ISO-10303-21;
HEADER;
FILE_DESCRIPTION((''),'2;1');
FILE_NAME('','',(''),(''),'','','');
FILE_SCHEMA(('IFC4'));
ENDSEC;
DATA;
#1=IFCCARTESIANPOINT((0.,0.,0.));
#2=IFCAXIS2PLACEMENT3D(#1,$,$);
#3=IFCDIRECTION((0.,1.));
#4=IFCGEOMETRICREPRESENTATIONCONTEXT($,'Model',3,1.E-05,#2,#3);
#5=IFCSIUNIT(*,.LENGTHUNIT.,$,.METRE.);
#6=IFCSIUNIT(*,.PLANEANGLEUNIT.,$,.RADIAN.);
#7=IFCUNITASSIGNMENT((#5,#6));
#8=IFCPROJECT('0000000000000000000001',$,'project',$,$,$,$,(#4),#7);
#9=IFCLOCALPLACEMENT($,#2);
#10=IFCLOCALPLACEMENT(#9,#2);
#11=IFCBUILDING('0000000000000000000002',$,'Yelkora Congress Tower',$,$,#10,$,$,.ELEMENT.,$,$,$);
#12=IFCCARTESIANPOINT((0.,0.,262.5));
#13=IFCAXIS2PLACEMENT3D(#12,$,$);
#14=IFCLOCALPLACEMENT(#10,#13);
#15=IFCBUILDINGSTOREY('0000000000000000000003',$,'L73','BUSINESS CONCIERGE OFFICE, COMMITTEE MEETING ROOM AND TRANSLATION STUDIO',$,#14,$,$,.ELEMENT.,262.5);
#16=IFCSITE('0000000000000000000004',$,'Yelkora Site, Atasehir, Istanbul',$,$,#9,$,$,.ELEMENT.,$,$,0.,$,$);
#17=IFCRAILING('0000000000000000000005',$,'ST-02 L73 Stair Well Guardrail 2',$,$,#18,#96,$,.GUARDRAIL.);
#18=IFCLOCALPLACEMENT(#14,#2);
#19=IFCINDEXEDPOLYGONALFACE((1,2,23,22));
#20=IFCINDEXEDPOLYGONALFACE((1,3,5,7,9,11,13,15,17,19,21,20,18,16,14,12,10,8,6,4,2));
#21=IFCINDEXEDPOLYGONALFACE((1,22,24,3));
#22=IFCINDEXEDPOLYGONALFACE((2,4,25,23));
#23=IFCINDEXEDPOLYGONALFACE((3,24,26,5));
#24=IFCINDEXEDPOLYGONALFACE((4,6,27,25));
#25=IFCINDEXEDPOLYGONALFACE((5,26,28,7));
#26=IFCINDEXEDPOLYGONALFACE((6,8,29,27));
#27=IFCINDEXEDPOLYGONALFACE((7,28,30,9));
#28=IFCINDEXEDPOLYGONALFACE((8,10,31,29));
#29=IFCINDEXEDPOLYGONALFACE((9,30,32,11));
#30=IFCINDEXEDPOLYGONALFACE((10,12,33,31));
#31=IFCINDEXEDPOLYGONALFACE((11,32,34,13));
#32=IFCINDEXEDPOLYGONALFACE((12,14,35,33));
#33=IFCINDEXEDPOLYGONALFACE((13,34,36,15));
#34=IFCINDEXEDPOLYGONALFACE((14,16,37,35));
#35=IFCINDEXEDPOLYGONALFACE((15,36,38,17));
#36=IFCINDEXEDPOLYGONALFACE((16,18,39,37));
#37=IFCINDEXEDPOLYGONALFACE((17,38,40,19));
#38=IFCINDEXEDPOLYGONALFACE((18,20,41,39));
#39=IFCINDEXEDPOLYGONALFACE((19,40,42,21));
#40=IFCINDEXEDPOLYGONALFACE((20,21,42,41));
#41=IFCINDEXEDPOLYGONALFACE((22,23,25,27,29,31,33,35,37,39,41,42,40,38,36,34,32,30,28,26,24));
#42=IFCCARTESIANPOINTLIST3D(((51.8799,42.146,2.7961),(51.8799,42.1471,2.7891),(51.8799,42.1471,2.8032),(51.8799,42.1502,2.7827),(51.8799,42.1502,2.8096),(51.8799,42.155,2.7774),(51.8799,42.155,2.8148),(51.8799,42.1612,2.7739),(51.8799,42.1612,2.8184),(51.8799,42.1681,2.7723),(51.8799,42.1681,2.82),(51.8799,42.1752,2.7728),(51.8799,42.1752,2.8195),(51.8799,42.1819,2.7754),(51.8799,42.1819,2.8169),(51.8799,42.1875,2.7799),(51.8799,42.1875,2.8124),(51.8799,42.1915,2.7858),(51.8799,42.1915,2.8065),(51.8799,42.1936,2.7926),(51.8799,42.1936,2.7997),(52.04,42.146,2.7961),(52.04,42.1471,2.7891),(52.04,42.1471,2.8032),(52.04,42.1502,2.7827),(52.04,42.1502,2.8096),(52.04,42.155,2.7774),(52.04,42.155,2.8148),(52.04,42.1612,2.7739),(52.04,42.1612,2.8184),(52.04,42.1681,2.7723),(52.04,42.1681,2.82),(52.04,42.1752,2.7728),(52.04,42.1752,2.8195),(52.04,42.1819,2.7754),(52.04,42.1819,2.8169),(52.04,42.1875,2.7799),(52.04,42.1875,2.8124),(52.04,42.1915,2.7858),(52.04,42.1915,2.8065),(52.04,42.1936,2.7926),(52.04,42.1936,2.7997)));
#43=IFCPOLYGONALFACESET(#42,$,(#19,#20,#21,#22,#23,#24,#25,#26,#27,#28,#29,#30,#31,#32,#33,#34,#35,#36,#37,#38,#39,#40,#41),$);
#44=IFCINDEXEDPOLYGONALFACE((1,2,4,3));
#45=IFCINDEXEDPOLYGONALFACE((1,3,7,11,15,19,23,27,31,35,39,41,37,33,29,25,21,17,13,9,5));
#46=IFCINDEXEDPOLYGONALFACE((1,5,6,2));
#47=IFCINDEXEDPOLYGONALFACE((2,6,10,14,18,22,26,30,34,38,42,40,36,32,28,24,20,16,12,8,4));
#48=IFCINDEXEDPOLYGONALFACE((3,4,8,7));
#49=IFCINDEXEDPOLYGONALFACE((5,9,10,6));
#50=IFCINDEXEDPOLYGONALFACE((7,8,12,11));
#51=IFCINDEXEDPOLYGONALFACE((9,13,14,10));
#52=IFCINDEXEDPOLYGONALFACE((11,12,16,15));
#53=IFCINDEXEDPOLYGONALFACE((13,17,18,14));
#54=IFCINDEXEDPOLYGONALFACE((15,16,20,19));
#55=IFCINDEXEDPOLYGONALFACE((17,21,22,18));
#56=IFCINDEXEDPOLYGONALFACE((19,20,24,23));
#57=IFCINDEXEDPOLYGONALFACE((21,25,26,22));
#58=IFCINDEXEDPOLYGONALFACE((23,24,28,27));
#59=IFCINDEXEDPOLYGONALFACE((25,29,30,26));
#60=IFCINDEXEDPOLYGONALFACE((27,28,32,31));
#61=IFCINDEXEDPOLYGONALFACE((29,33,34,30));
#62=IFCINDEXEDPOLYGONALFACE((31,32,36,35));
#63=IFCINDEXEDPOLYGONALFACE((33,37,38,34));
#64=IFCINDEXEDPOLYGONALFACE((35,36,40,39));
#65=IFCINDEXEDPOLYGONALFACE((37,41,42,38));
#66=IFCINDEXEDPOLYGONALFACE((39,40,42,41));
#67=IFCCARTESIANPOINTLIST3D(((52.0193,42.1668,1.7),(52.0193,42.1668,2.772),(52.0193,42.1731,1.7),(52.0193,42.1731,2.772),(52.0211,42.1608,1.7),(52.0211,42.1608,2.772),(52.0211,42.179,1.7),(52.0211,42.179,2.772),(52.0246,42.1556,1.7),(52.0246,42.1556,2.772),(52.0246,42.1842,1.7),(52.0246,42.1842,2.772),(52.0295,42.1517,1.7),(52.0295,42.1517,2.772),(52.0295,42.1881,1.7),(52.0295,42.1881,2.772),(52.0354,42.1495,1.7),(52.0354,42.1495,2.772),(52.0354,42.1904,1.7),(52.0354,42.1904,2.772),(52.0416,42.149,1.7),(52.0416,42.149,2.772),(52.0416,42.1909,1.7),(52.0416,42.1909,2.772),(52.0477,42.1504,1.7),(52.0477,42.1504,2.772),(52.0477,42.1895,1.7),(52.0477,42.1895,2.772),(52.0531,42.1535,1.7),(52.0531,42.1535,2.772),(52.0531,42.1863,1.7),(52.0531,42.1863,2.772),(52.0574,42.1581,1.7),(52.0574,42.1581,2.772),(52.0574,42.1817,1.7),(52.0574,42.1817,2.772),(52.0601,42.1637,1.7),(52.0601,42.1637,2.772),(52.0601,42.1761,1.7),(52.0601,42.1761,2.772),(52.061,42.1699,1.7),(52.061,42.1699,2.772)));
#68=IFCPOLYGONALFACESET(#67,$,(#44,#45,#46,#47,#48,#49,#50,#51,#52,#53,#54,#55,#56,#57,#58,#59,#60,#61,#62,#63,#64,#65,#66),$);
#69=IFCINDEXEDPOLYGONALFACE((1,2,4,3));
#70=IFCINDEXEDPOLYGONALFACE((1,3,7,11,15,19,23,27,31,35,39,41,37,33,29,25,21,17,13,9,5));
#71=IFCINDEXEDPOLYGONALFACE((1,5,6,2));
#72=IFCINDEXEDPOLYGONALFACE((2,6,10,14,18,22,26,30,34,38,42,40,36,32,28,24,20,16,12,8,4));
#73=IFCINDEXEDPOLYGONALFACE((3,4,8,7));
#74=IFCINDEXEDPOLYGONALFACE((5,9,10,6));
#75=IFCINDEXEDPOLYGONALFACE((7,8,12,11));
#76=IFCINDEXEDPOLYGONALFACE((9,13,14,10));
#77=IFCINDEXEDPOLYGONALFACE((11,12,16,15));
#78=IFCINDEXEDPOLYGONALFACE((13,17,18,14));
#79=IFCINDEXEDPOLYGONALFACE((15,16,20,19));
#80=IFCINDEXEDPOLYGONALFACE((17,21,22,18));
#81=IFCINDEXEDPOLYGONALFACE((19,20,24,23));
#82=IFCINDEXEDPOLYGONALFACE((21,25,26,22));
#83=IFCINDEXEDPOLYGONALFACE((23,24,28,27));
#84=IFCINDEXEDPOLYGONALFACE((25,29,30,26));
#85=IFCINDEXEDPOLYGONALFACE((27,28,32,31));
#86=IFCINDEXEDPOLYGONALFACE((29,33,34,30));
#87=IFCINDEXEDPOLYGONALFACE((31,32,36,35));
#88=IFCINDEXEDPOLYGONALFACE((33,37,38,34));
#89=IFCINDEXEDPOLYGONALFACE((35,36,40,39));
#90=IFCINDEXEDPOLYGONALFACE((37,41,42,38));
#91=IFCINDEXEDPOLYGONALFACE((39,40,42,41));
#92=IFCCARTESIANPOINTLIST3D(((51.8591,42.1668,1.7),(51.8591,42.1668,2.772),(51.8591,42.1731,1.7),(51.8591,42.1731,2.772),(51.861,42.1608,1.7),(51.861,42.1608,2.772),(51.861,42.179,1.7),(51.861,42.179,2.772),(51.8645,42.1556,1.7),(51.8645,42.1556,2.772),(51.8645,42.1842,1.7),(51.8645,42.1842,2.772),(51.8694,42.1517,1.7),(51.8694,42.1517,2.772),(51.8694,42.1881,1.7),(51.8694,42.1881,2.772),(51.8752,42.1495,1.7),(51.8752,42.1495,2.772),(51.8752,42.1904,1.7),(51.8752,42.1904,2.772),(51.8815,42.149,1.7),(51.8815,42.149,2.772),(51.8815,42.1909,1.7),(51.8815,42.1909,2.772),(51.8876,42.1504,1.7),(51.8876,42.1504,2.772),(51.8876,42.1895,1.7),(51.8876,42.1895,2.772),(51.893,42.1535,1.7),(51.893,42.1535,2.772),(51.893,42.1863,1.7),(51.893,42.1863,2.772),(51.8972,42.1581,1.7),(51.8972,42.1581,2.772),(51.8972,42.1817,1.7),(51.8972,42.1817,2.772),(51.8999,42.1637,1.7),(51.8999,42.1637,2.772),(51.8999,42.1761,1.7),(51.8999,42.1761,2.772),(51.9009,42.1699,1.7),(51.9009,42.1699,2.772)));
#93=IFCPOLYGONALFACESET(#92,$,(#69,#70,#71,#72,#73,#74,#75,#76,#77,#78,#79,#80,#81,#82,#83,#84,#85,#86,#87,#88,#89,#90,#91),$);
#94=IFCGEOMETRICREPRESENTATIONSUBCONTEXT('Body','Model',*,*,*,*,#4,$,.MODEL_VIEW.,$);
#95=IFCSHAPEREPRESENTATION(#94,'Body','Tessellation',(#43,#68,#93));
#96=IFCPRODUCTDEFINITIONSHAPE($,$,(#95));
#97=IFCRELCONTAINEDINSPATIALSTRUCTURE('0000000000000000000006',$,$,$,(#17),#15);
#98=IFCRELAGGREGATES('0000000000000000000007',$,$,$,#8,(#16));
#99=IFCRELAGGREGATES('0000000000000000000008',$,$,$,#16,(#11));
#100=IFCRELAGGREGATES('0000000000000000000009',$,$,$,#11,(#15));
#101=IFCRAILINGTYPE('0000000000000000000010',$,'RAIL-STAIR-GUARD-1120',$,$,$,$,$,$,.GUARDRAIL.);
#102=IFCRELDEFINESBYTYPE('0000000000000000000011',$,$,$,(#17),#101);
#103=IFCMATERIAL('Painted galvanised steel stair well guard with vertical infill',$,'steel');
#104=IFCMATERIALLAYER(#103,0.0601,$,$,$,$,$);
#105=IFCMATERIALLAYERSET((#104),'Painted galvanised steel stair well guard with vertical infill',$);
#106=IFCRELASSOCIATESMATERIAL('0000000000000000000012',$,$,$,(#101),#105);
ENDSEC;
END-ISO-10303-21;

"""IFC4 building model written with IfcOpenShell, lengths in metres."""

from ifc_helpers import new_model, si_unit, direction, frame, origin, origin_2d, place, context, subcontext, project, spatial, circle, extrude, material, layer, layer_set, type_object, element, save


model = new_model("IFC4")

# Units and contexts
model_context = context("Model", 3, precision=1e-05, world=origin(), true_north=direction((0.0, 1.0)))
body_context = subcontext(model_context, "Body", "Model", "MODEL_VIEW")
ifc_project = project(units=[si_unit("LENGTHUNIT", "METRE"), si_unit("PLANEANGLEUNIT", "RADIAN")], contexts=[model_context])

# Site, building, storey
site_placement = place(None, origin())
site = spatial("IfcSite", under=ifc_project, at=site_placement, Name="Yelkora Site, Atasehir, Istanbul", CompositionType="ELEMENT", RefElevation=0.0)
building_placement = place(site_placement, origin())
building = spatial("IfcBuilding", under=site, at=building_placement, Name="Yelkora Congress Tower", CompositionType="ELEMENT")
storey_placement = place(building_placement, frame((0.0, 0.0, 262.5)))
storey = spatial("IfcBuildingStorey", under=building, at=storey_placement, Name="L73", Description="BUSINESS CONCIERGE OFFICE, COMMITTEE MEETING ROOM AND TRANSLATION STUDIO", CompositionType="ELEMENT", Elevation=262.5)

# Railing
ifc_material_1 = material(Name="Painted galvanised steel stair well guard with vertical infill", Category="steel")
ifc_layer_1 = layer(ifc_material_1, 0.0601)
ifc_layer_set_1 = layer_set([ifc_layer_1], Name="Painted galvanised steel stair well guard with vertical infill")
railing_type_1 = type_object("IfcRailingType", Name="RAIL-STAIR-GUARD-1120", PredefinedType="GUARDRAIL", material=ifc_layer_set_1)
railing_1_placement = place(storey_placement, frame((52.04, 42.1699, 1.7)))
element("IfcRailing", 1, at=railing_1_placement, inside=storey, type_object=railing_type_1, Name="ST-02 L73 Stair Well Guardrail 2", PredefinedType="GUARDRAIL", context=body_context, shape_type="SweptSolid", body=[
    extrude(circle(Radius=0.0239, at=origin_2d()), frame((0.0, 0.0, 1.0962), z_axis=(-1.0, 0.0, 0.0), x_axis=(0.0, -1.0, 0.0)), (0.0, 0.0, 1.0), 0.1602),
    extrude(circle(Radius=0.021, at=origin_2d()), origin(), (0.0, 0.0, 1.0), 1.072),
    extrude(circle(Radius=0.021, at=origin_2d()), frame((-0.1602, 0.0, 0.0)), (0.0, 0.0, 1.0), 1.072),
])

save(model, "model.ifc")
